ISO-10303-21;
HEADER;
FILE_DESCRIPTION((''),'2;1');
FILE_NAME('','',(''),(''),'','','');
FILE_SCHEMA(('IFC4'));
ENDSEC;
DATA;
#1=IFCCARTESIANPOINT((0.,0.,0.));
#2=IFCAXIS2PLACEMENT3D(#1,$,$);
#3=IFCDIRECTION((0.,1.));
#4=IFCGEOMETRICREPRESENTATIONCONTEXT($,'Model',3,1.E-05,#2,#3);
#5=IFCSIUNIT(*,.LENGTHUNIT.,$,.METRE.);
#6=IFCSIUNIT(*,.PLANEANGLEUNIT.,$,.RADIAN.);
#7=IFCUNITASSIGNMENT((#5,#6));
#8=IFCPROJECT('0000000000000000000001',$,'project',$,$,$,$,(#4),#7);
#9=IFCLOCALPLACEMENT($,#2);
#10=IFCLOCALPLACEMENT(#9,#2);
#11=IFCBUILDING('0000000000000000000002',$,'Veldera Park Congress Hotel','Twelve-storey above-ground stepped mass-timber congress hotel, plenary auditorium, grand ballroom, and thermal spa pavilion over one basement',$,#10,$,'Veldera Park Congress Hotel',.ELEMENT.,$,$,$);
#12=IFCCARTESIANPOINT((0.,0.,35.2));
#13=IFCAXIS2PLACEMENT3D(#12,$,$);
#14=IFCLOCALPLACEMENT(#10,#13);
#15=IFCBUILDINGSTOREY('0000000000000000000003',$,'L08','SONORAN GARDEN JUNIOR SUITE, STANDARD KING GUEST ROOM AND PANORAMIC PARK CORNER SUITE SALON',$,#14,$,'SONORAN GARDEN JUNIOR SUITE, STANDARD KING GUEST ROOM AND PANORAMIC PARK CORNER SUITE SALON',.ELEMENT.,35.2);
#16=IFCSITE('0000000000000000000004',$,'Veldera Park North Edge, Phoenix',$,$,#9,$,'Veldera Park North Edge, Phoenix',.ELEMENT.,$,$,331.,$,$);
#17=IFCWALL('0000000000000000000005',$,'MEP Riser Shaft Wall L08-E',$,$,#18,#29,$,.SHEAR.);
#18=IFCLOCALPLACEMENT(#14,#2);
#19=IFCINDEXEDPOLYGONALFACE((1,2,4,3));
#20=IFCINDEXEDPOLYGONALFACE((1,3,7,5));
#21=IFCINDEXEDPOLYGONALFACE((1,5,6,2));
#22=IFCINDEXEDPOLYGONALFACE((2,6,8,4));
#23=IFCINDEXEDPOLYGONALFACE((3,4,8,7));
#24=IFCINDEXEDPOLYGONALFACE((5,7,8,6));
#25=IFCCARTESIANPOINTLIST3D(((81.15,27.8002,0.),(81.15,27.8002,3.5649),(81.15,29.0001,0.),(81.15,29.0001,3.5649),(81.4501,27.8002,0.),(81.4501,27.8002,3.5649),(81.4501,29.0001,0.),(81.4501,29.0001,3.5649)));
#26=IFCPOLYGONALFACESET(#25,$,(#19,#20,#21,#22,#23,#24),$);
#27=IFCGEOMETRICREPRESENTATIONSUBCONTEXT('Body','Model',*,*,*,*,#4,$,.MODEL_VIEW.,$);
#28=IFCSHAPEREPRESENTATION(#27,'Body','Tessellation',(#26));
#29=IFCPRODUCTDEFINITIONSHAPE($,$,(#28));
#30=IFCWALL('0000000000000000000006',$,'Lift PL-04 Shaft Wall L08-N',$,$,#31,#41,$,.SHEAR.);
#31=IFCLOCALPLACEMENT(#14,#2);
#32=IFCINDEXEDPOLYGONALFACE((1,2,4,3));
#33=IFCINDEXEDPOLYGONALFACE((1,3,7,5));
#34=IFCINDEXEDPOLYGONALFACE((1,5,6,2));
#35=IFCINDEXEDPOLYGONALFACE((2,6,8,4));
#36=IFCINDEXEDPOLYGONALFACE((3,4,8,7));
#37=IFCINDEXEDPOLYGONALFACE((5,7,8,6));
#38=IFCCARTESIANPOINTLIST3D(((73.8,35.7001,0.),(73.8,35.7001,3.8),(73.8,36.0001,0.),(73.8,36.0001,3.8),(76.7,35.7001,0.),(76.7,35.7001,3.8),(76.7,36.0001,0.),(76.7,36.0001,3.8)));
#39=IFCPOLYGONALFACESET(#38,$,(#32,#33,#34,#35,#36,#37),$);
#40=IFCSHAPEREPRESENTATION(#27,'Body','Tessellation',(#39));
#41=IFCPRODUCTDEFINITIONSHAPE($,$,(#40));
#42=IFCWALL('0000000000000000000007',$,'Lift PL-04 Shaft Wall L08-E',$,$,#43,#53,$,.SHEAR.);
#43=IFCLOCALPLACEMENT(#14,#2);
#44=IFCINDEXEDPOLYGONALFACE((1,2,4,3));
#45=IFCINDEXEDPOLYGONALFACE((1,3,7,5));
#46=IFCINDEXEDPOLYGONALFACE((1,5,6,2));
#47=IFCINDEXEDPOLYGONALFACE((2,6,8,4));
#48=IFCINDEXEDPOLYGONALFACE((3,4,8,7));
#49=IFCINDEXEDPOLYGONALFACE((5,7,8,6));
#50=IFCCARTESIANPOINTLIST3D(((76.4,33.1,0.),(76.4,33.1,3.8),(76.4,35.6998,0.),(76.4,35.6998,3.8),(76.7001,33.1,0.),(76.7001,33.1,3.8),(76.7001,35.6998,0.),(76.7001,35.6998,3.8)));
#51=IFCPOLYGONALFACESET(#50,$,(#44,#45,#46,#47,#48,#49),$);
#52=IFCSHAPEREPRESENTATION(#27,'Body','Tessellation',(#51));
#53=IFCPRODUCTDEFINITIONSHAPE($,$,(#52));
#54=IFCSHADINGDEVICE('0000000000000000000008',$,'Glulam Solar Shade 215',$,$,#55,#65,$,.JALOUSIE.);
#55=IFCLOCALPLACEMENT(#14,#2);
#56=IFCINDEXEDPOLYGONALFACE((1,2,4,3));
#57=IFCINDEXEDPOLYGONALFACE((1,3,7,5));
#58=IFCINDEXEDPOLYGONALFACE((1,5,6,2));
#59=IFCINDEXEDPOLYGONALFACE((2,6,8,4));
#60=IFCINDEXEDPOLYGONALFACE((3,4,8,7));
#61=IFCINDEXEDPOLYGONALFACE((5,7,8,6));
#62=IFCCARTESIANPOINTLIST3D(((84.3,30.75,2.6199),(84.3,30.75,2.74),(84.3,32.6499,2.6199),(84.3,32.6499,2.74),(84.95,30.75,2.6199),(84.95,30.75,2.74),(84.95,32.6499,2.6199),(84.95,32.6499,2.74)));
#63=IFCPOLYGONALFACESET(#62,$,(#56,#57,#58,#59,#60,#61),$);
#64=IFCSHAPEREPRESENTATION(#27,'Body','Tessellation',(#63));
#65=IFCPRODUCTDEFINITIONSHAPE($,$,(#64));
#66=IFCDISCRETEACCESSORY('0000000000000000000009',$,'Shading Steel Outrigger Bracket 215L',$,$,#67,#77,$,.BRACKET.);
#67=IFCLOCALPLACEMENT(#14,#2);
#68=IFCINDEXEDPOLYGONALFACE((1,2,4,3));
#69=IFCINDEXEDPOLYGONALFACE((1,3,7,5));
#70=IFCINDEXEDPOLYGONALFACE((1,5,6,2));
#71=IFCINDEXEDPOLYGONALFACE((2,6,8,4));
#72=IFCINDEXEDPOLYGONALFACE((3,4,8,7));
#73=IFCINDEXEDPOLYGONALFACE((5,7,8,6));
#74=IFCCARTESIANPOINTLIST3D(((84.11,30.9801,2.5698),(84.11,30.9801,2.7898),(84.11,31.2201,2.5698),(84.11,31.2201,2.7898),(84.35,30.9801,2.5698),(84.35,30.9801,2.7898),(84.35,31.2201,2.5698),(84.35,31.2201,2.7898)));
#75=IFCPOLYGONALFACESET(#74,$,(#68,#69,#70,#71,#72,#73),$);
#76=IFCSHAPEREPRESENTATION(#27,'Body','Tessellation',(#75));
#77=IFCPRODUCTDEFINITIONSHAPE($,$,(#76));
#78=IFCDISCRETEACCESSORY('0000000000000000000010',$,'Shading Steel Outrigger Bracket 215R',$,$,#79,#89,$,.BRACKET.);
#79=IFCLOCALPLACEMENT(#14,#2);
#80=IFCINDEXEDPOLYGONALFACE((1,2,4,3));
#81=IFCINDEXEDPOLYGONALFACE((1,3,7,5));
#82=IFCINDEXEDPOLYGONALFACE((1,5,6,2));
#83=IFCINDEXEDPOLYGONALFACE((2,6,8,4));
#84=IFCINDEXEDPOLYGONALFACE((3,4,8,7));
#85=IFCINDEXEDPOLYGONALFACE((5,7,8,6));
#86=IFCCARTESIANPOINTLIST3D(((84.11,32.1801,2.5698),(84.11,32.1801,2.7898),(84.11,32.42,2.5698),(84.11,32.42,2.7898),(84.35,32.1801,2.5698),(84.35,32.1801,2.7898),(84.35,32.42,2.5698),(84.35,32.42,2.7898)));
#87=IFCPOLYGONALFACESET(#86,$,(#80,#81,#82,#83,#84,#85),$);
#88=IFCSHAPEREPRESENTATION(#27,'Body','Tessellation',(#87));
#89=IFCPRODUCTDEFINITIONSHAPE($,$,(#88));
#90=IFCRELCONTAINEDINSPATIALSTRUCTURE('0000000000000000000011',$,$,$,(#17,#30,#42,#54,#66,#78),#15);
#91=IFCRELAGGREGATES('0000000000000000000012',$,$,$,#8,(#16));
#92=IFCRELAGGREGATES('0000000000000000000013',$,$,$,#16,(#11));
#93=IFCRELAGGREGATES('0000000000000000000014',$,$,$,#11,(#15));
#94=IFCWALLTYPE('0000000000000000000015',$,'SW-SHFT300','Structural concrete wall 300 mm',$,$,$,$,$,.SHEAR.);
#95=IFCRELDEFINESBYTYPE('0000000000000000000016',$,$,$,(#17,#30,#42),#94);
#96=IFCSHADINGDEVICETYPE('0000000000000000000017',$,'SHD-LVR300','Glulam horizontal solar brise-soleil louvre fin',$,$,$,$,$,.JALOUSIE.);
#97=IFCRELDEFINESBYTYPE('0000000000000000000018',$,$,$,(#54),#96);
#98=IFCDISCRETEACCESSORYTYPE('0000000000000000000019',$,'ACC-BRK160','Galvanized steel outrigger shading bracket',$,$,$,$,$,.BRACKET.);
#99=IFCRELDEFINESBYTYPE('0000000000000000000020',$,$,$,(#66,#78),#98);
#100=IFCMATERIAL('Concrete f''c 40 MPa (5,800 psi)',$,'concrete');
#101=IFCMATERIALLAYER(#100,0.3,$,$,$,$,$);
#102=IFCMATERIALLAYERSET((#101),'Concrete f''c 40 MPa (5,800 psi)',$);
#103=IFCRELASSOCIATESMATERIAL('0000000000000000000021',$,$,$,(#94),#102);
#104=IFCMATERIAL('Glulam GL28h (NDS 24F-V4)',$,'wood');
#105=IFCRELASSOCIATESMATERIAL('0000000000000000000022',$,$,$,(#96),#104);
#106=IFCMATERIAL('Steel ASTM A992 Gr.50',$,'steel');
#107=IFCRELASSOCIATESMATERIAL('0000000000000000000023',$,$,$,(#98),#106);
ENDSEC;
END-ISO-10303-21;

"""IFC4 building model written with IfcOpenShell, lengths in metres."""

from ifc_helpers import new_model, si_unit, direction, frame, frame_2d, origin, origin_2d, place, context, subcontext, project, spatial, rectangle, extrude, material, layer, layer_set, type_object, element, save


model = new_model("IFC4")

# Units and contexts
model_context = context("Model", 3, precision=1e-05, world=origin(), true_north=direction((0.0, 1.0)))
body_context = subcontext(model_context, "Body", "Model", "MODEL_VIEW")
ifc_project = project(units=[si_unit("LENGTHUNIT", "METRE"), si_unit("PLANEANGLEUNIT", "RADIAN")], contexts=[model_context])

# Site, building, storey
site_placement = place(None, origin())
site = spatial("IfcSite", under=ifc_project, at=site_placement, Name="Veldera Park North Edge, Phoenix", LongName="Veldera Park North Edge, Phoenix", CompositionType="ELEMENT", RefElevation=331.0)
building_placement = place(site_placement, origin())
building = spatial("IfcBuilding", under=site, at=building_placement, Name="Veldera Park Congress Hotel", Description="Twelve-storey above-ground stepped mass-timber congress hotel, plenary auditorium, grand ballroom, and thermal spa pavilion over one basement", LongName="Veldera Park Congress Hotel", CompositionType="ELEMENT")
storey_placement = place(building_placement, frame((0.0, 0.0, 35.2)))
storey = spatial("IfcBuildingStorey", under=building, at=storey_placement, Name="L08", Description="SONORAN GARDEN JUNIOR SUITE, STANDARD KING GUEST ROOM AND PANORAMIC PARK CORNER SUITE SALON", LongName="SONORAN GARDEN JUNIOR SUITE, STANDARD KING GUEST ROOM AND PANORAMIC PARK CORNER SUITE SALON", CompositionType="ELEMENT", Elevation=35.2)

# Shared definitions
ifc_material_1 = material(Name="Glulam GL28h (NDS 24F-V4)", Category="wood")

# Walls
ifc_material_2 = material(Name="Concrete f'c 40 MPa (5,800 psi)", Category="concrete")
ifc_layer_1 = layer(ifc_material_2, 0.3)
ifc_layer_set_1 = layer_set([ifc_layer_1], Name="Concrete f'c 40 MPa (5,800 psi)")
wall_type_1 = type_object("IfcWallType", Name="SW-SHFT300", Description="Structural concrete wall 300 mm", PredefinedType="SHEAR", material=ifc_layer_set_1)
for number, where, z_axis, x_axis, name in (
    (1, (81.3, 27.8, 0.0), (0.0, 0.0, 1.0), (0.0, 1.0, 0.0), "MEP Riser Shaft Wall L08-E"),
):
    element("IfcWall", number, at=place(storey_placement, frame(where, z_axis=z_axis, x_axis=x_axis)), inside=storey, type_object=wall_type_1, Name=name, PredefinedType="SHEAR", context=body_context, shape_type="SweptSolid", body=[
        extrude(rectangle(XDim=1.2, YDim=0.3, at=frame_2d((0.6001, 0.0))), origin(), (0.0, 0.0, 1.0), 3.5649),
    ])
wall_1_placement = place(storey_placement, frame((76.7, 35.8501, 0.0), z_axis=(0.0, 0.0, 1.0), x_axis=(-1.0, 0.0, 0.0)))
element("IfcWall", 2, at=wall_1_placement, inside=storey, type_object=wall_type_1, Name="Lift PL-04 Shaft Wall L08-N", PredefinedType="SHEAR", context=body_context, shape_type="SweptSolid", body=[
    extrude(rectangle(XDim=2.8999, YDim=0.3, at=frame_2d((1.45, 0.0))), origin(), (0.0, 0.0, 1.0), 3.8),
])
wall_2_placement = place(storey_placement, frame((76.55, 33.1001, 0.0), z_axis=(0.0, 0.0, 1.0), x_axis=(0.0, 1.0, 0.0)))
element("IfcWall", 3, at=wall_2_placement, inside=storey, type_object=wall_type_1, Name="Lift PL-04 Shaft Wall L08-E", PredefinedType="SHEAR", context=body_context, shape_type="SweptSolid", body=[
    extrude(rectangle(XDim=2.5999, YDim=0.3, at=frame_2d((1.2998, 0.0))), origin(), (0.0, 0.0, 1.0), 3.8),
])

# Shading device
shading_device_type = type_object("IfcShadingDeviceType", Name="SHD-LVR300", Description="Glulam horizontal solar brise-soleil louvre fin", PredefinedType="JALOUSIE", material=ifc_material_1)
shading_device_placement = place(storey_placement, frame((84.625, 31.7, 2.6199), z_axis=(0.0, 0.0, 1.0), x_axis=(0.0, 1.0, 0.0)))
element("IfcShadingDevice", 4, at=shading_device_placement, inside=storey, type_object=shading_device_type, Name="Glulam Solar Shade 215", PredefinedType="JALOUSIE", context=body_context, shape_type="SweptSolid", body=[
    extrude(rectangle(XDim=1.8999, YDim=0.6499, at=origin_2d()), origin(), (0.0, 0.0, 1.0), 0.1201),
])

# Discrete accessories
ifc_material_3 = material(Name="Steel ASTM A992 Gr.50", Category="steel")
discrete_accessory_type = type_object("IfcDiscreteAccessoryType", Name="ACC-BRK160", Description="Galvanized steel outrigger shading bracket", PredefinedType="BRACKET", material=ifc_material_3)
for number, where, z_axis, x_axis, name in (
    (5, (84.23, 31.1001, 2.5698), (0.0, 0.0, 1.0), (0.0, 1.0, 0.0), "Shading Steel Outrigger Bracket 215L"),
    (6, (84.23, 32.3, 2.5698), (0.0, 0.0, 1.0), (0.0, 1.0, 0.0), "Shading Steel Outrigger Bracket 215R"),
):
    element("IfcDiscreteAccessory", number, at=place(storey_placement, frame(where, z_axis=z_axis, x_axis=x_axis)), inside=storey, type_object=discrete_accessory_type, Name=name, PredefinedType="BRACKET", context=body_context, shape_type="SweptSolid", body=[
        extrude(rectangle(XDim=0.24, YDim=0.24, at=origin_2d()), origin(), (0.0, 0.0, 1.0), 0.22),
    ])

save(model, "model.ifc")
